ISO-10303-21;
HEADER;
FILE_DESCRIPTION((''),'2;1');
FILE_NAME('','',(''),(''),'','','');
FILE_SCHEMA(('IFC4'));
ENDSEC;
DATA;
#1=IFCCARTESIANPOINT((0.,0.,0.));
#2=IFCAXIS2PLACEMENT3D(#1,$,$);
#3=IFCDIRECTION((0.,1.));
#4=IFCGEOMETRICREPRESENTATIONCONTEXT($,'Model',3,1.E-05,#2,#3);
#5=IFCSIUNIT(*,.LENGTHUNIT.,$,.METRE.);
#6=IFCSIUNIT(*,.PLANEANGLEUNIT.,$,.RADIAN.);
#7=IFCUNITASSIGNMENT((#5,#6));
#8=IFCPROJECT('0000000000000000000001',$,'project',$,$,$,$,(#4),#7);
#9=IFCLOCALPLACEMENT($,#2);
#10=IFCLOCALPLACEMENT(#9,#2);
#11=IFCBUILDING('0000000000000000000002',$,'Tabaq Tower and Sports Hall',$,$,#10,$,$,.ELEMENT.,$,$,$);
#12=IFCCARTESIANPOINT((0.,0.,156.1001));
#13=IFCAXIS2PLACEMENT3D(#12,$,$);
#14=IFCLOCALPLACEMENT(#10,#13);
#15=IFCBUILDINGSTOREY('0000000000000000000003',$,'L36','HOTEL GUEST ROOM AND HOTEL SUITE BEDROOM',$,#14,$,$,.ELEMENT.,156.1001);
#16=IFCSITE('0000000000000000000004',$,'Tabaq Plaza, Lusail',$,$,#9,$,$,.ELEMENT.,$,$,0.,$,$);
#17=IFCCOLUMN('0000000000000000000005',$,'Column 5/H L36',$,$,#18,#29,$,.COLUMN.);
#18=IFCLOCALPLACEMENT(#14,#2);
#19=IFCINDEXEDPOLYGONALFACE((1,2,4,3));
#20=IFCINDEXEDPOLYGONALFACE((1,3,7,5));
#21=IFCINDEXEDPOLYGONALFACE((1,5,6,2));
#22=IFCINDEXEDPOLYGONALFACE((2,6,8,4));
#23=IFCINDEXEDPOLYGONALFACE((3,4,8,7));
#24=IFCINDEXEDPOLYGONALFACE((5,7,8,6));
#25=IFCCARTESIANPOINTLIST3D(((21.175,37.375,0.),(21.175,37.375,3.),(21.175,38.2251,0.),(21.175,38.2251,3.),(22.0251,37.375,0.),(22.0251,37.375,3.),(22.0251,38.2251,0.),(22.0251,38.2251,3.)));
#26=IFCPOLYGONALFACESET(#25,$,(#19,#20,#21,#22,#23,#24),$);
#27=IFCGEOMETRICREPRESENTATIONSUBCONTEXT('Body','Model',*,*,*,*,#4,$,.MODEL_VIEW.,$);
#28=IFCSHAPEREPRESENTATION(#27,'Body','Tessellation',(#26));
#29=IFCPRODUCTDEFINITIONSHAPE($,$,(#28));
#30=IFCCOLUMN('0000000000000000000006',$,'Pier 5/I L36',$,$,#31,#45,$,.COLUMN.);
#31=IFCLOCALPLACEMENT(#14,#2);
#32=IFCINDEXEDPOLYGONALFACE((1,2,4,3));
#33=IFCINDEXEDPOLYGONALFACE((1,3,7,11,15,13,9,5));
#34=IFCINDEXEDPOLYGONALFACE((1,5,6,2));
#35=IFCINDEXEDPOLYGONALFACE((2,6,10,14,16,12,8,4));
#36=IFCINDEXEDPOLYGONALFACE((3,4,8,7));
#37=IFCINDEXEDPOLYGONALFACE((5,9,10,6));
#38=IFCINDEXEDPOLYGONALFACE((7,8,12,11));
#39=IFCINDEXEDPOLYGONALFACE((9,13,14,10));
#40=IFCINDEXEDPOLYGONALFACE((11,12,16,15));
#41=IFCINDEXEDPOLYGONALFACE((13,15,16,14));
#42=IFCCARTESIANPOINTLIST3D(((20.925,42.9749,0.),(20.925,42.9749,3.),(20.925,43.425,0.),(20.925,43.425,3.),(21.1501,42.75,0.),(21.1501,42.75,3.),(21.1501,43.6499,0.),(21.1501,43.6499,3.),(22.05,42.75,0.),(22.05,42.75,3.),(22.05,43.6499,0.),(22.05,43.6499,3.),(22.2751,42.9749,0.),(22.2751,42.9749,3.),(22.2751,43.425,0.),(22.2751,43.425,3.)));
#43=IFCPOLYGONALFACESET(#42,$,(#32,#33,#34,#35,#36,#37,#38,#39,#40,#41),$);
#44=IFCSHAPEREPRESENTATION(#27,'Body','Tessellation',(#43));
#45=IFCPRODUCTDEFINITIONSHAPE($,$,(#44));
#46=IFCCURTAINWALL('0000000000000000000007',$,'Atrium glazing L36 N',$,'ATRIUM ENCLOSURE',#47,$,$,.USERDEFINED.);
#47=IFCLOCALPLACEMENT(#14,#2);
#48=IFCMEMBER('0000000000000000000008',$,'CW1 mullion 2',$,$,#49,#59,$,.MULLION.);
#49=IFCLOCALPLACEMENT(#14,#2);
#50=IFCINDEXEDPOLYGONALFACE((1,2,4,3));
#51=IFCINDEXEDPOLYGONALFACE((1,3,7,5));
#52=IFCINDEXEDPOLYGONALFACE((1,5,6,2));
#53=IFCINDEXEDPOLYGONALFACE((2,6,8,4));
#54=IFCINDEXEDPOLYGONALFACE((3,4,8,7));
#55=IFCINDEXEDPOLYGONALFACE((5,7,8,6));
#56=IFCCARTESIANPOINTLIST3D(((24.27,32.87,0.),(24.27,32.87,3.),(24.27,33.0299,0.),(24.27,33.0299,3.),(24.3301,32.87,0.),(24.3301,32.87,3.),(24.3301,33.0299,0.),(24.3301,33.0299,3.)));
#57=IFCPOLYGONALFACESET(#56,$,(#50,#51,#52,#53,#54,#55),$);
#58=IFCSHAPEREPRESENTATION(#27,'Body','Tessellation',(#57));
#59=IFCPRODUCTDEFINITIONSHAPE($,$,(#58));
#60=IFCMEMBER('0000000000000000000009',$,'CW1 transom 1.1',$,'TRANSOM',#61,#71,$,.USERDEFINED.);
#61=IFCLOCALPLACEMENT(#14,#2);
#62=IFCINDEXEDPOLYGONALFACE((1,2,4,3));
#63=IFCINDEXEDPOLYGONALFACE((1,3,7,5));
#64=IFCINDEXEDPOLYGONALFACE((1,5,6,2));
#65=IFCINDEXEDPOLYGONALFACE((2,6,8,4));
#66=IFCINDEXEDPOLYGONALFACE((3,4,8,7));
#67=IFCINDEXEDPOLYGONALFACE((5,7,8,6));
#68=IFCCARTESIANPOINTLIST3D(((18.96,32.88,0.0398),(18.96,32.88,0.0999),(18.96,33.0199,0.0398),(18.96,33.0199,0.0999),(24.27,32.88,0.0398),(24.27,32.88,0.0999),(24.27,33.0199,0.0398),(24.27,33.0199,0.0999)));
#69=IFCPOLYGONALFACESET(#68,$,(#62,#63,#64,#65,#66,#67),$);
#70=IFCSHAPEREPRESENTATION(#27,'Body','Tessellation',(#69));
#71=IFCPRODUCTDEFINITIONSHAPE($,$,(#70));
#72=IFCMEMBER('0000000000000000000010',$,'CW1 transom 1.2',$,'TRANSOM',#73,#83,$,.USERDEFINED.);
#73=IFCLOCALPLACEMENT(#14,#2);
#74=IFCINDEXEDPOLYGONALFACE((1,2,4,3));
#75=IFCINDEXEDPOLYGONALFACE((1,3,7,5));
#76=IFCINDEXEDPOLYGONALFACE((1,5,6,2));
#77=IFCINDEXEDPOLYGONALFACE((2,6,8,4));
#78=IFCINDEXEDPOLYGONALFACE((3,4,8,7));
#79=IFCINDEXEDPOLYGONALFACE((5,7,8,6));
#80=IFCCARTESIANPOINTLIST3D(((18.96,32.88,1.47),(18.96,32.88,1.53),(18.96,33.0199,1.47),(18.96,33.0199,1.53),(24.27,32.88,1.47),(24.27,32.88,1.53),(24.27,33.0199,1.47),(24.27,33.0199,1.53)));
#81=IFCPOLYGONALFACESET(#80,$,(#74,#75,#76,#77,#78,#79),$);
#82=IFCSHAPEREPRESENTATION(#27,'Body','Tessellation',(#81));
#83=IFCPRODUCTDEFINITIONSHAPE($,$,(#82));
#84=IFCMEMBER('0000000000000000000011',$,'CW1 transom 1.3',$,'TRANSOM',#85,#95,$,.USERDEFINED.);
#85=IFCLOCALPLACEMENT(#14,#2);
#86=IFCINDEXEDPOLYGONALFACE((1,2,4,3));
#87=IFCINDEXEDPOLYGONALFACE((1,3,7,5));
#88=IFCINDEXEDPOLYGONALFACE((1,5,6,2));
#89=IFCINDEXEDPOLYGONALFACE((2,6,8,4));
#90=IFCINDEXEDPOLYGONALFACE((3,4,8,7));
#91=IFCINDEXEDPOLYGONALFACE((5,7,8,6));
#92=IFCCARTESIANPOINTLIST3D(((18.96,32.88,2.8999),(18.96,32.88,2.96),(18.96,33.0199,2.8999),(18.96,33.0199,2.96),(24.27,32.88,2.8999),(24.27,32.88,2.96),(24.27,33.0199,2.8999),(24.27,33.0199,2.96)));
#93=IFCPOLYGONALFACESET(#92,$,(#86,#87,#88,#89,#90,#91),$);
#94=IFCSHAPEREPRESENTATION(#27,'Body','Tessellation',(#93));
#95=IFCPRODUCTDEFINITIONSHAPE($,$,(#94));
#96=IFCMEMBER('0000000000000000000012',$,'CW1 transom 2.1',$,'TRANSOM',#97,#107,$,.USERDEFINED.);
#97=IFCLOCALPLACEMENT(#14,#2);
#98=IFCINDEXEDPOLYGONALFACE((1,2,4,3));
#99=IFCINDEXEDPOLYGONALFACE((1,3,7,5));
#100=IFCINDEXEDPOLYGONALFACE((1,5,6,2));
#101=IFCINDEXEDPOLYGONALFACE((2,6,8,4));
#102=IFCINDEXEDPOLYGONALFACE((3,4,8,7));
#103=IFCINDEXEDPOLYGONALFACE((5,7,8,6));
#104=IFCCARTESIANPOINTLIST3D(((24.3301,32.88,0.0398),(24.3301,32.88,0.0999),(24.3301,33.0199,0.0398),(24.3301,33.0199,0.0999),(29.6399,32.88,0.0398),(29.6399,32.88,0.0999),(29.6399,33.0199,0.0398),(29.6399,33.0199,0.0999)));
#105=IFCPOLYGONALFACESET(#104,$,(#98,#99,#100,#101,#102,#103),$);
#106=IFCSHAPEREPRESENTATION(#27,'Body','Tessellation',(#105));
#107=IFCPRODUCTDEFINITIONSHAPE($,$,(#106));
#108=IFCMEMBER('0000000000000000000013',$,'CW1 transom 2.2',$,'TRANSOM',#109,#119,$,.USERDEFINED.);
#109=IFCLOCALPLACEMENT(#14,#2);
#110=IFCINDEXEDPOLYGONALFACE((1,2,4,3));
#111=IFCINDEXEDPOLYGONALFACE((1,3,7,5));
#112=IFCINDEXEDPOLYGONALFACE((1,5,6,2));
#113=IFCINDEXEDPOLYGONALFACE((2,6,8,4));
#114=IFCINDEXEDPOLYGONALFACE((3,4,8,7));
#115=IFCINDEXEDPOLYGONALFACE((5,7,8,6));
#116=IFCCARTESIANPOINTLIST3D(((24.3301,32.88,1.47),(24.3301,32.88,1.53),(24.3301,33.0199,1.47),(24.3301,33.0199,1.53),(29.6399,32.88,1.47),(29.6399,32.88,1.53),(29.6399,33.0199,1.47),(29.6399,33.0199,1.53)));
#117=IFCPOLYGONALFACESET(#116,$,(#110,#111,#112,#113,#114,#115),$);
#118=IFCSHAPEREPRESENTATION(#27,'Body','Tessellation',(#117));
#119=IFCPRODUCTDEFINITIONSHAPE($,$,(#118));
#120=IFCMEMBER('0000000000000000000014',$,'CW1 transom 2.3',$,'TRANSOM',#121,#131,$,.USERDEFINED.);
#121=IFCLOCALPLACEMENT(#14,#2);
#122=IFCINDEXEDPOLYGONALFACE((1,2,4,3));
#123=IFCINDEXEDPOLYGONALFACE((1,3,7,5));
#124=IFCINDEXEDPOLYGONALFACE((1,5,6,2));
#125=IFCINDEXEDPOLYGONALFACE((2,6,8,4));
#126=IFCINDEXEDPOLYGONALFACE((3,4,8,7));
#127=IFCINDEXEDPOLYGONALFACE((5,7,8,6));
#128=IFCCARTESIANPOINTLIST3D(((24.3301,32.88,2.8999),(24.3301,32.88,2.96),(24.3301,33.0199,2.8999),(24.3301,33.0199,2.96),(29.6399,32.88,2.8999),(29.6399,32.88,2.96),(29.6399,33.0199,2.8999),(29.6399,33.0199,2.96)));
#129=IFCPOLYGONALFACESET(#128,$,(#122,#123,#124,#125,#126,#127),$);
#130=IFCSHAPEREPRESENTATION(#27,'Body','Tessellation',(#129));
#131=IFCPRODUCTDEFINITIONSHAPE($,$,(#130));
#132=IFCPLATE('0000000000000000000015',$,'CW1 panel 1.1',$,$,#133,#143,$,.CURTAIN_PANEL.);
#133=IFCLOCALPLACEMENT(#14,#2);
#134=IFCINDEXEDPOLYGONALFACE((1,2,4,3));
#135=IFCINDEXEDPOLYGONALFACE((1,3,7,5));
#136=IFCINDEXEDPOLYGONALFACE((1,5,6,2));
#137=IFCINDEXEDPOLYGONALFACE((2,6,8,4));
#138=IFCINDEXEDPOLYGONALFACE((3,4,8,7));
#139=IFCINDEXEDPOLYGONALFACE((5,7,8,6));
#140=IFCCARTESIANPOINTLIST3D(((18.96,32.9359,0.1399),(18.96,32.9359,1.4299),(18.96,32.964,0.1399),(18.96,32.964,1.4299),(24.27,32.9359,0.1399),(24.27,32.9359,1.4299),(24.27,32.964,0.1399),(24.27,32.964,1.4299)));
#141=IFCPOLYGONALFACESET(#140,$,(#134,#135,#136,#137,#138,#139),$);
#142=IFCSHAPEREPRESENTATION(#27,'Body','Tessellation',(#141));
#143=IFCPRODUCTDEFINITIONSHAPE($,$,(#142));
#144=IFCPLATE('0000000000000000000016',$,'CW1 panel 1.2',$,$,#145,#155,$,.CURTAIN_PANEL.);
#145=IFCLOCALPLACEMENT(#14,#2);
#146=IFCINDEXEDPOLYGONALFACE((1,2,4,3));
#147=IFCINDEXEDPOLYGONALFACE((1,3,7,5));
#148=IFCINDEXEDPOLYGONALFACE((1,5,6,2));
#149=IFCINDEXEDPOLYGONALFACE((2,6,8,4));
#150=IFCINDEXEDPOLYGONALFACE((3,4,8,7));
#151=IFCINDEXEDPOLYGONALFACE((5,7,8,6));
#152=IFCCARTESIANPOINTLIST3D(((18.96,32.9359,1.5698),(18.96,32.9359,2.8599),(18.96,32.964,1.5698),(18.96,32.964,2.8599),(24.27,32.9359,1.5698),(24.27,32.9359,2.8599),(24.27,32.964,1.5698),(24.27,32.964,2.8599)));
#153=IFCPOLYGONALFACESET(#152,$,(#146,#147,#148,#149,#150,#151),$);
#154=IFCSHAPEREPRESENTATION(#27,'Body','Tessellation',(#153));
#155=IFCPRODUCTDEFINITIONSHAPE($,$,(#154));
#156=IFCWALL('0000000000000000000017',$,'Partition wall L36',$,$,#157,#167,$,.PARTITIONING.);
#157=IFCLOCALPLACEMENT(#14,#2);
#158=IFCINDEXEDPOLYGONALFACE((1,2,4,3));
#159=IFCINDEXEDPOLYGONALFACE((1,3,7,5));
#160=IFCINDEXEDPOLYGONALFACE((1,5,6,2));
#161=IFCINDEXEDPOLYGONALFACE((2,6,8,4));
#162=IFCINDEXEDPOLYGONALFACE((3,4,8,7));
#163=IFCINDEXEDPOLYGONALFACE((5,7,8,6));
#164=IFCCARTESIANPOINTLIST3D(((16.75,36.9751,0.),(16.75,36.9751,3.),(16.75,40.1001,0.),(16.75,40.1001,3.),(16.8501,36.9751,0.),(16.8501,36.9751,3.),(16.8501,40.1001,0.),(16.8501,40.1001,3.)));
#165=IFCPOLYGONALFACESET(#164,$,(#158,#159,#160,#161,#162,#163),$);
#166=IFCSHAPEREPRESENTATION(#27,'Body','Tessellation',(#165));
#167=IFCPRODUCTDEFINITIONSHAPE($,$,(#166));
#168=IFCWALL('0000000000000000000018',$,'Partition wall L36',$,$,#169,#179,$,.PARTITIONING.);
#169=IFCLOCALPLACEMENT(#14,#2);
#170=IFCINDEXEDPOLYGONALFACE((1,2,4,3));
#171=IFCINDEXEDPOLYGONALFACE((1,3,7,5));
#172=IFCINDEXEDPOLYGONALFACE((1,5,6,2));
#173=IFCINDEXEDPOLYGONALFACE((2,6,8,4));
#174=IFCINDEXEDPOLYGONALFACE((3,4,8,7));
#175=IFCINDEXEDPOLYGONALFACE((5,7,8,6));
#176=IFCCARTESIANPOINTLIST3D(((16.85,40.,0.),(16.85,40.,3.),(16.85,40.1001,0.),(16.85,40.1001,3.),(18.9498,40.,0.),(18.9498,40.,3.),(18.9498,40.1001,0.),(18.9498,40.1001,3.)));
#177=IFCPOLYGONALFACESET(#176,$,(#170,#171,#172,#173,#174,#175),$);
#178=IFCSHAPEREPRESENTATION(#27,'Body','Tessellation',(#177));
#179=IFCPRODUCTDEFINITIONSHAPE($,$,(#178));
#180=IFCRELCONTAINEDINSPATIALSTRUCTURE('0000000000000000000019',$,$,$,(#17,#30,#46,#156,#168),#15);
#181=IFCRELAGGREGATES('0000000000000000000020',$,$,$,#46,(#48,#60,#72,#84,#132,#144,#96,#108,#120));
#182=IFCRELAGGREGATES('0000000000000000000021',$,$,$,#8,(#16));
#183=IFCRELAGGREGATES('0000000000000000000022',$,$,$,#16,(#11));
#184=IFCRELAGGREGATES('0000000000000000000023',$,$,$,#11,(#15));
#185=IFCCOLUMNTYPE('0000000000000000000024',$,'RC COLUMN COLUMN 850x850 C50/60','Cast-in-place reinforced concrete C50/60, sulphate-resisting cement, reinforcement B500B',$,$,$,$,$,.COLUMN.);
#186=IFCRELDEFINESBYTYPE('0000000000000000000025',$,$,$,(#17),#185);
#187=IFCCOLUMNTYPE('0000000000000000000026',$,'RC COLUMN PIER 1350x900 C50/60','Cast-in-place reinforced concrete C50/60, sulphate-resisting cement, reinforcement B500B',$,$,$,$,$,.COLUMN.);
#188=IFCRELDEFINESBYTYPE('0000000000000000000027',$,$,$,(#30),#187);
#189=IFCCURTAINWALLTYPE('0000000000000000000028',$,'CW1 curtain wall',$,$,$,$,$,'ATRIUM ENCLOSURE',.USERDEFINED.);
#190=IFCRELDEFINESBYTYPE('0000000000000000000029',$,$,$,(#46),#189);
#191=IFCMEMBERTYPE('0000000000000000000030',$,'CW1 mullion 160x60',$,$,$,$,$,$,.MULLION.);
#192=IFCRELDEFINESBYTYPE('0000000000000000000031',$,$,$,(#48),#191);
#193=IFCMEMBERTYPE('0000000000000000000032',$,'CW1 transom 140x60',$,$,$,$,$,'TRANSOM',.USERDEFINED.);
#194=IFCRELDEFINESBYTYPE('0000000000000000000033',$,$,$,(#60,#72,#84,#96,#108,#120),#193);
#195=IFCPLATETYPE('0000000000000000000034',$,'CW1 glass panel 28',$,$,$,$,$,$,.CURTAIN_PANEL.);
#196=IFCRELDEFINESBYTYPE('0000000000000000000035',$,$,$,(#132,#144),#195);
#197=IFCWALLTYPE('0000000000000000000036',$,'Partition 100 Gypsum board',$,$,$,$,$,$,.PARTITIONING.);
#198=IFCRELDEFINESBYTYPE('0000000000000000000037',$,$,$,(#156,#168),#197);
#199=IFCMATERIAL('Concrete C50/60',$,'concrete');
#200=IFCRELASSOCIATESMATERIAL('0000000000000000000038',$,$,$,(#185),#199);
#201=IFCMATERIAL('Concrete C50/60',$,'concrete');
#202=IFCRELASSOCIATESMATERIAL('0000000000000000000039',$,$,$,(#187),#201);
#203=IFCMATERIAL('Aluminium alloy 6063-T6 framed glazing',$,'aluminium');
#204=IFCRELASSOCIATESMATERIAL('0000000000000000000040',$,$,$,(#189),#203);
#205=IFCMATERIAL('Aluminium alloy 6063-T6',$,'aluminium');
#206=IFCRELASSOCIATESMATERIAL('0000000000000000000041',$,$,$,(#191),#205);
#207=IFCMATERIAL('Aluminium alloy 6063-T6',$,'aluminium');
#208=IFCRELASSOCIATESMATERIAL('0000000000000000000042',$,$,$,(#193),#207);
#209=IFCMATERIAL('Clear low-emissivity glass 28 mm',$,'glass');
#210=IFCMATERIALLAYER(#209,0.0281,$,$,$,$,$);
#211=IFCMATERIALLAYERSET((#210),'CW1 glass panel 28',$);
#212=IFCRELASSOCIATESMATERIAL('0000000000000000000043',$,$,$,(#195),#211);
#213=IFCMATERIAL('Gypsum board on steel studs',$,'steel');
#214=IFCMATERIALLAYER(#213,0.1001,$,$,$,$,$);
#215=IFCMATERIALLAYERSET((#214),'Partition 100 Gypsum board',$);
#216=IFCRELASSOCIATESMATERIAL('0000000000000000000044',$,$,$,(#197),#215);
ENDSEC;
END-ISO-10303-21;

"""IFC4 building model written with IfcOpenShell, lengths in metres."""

from ifc_helpers import new_model, si_unit, direction, frame, frame_2d, origin, origin_2d, place, context, subcontext, project, spatial, polyline, rectangle, outline, extrude, material, layer, layer_set, material_profile, profile_set, type_object, element, aggregate, save


model = new_model("IFC4")

# Units and contexts
model_context = context("Model", 3, precision=1e-05, world=origin(), true_north=direction((0.0, 1.0)))
body_context = subcontext(model_context, "Body", "Model", "MODEL_VIEW")
ifc_project = project(units=[si_unit("LENGTHUNIT", "METRE"), si_unit("PLANEANGLEUNIT", "RADIAN")], contexts=[model_context])

# Site, building, storey
site_placement = place(None, origin())
site = spatial("IfcSite", under=ifc_project, at=site_placement, Name="Tabaq Plaza, Lusail", CompositionType="ELEMENT", RefElevation=0.0)
building_placement = place(site_placement, origin())
building = spatial("IfcBuilding", under=site, at=building_placement, Name="Tabaq Tower and Sports Hall", CompositionType="ELEMENT")
storey_placement = place(building_placement, frame((0.0, 0.0, 156.1001)))
storey = spatial("IfcBuildingStorey", under=building, at=storey_placement, Name="L36", Description="HOTEL GUEST ROOM AND HOTEL SUITE BEDROOM", CompositionType="ELEMENT", Elevation=156.1001)

# Columns
ifc_material_1 = material(Name="Concrete C50/60", Category="concrete")
ifc_material_profile_1 = material_profile(ifc_material_1, rectangle(XDim=0.8501, YDim=0.8501, at=origin_2d()), Name="COLUMN 850x850")
ifc_profile_set_1 = profile_set([ifc_material_profile_1], Name="Concrete C50/60")
column_type_1 = type_object("IfcColumnType", Name="RC COLUMN COLUMN 850x850 C50/60", Description="Cast-in-place reinforced concrete C50/60, sulphate-resisting cement, reinforcement B500B", PredefinedType="COLUMN", material=ifc_profile_set_1)
column_1_placement = place(storey_placement, frame((21.6001, 37.8, 0.0), z_axis=(0.0, 0.0, 1.0), x_axis=(1.0, 0.0, 0.0)))
element("IfcColumn", 1, at=column_1_placement, inside=storey, type_object=column_type_1, Name="Column 5/H L36", PredefinedType="COLUMN", context=body_context, shape_type="SweptSolid", body=[
    extrude(rectangle(XDim=0.8501, YDim=0.8501, at=origin_2d()), origin(), (0.0, 0.0, 1.0), 3.0),
])
ifc_material_2 = material(Name="Concrete C50/60", Category="concrete")
ifc_material_profile_2 = material_profile(ifc_material_2, outline(polyline([(-0.45, -0.45), (0.45, -0.45), (0.675, -0.2251), (0.675, 0.2251), (0.45, 0.45), (-0.45, 0.45), (-0.675, 0.2251), (-0.675, -0.2251), (-0.45, -0.45)])), Name="PIER 1350x900")
ifc_profile_set_2 = profile_set([ifc_material_profile_2], Name="Concrete C50/60")
column_type_2 = type_object("IfcColumnType", Name="RC COLUMN PIER 1350x900 C50/60", Description="Cast-in-place reinforced concrete C50/60, sulphate-resisting cement, reinforcement B500B", PredefinedType="COLUMN", material=ifc_profile_set_2)
column_2_placement = place(storey_placement, frame((21.6001, 43.2, 0.0), z_axis=(0.0, 0.0, 1.0), x_axis=(1.0, 0.0, 0.0)))
element("IfcColumn", 2, at=column_2_placement, inside=storey, type_object=column_type_2, Name="Pier 5/I L36", PredefinedType="COLUMN", context=body_context, shape_type="SweptSolid", body=[
    extrude(outline(polyline([(-0.45, -0.45), (0.45, -0.45), (0.675, -0.2251), (0.675, 0.2251), (0.45, 0.45), (-0.45, 0.45), (-0.675, 0.2251), (-0.675, -0.2251), (-0.45, -0.45)])), origin(), (0.0, 0.0, 1.0), 3.0),
])

# Curtain wall, members, plates
ifc_material_3 = material(Name="Aluminium alloy 6063-T6 framed glazing", Category="aluminium")
curtain_wall_type = type_object("IfcCurtainWallType", Name="CW1 curtain wall", ElementType="ATRIUM ENCLOSURE", PredefinedType="USERDEFINED", material=ifc_material_3)
curtain_wall_placement = place(storey_placement, origin())
curtain_wall = element("IfcCurtainWall", 3, at=curtain_wall_placement, inside=storey, type_object=curtain_wall_type, Name="Atrium glazing L36 N", ObjectType="ATRIUM ENCLOSURE", PredefinedType="USERDEFINED")
ifc_material_4 = material(Name="Aluminium alloy 6063-T6", Category="aluminium")
ifc_material_profile_3 = material_profile(ifc_material_4, rectangle(XDim=0.1599, YDim=0.0601, at=origin_2d()), Name="MULLION 160x60")
ifc_profile_set_3 = profile_set([ifc_material_profile_3], Name="Aluminium alloy 6063-T6")
member_type_1 = type_object("IfcMemberType", Name="CW1 mullion 160x60", PredefinedType="MULLION", material=ifc_profile_set_3)
member_1_placement = place(storey_placement, frame((24.3, 32.95, 0.0), z_axis=(0.0, 0.0, 1.0), x_axis=(0.0, 1.0, 0.0)))
member_1 = element("IfcMember", 4, at=member_1_placement, type_object=member_type_1, Name="CW1 mullion 2", PredefinedType="MULLION", context=body_context, shape_type="SweptSolid", body=[
    extrude(rectangle(XDim=0.1599, YDim=0.0601, at=origin_2d()), origin(), (0.0, 0.0, 1.0), 3.0),
])
ifc_material_5 = material(Name="Aluminium alloy 6063-T6", Category="aluminium")
ifc_material_profile_4 = material_profile(ifc_material_5, rectangle(XDim=0.1399, YDim=0.0601, at=origin_2d()), Name="TRANSOM 140x60")
ifc_profile_set_4 = profile_set([ifc_material_profile_4], Name="Aluminium alloy 6063-T6")
member_type_2 = type_object("IfcMemberType", Name="CW1 transom 140x60", ElementType="TRANSOM", PredefinedType="USERDEFINED", material=ifc_profile_set_4)
member_2_placement = place(storey_placement, frame((18.96, 32.95, 0.0698), z_axis=(1.0, 0.0, 0.0), x_axis=(0.0, 1.0, 0.0)))
member_2 = element("IfcMember", 5, at=member_2_placement, type_object=member_type_2, Name="CW1 transom 1.1", ObjectType="TRANSOM", PredefinedType="USERDEFINED", context=body_context, shape_type="SweptSolid", body=[
    extrude(rectangle(XDim=0.1399, YDim=0.0601, at=origin_2d()), origin(), (0.0, 0.0, 1.0), 5.3101),
])
member_3_placement = place(storey_placement, frame((18.96, 32.95, 1.5), z_axis=(1.0, 0.0, 0.0), x_axis=(0.0, 1.0, 0.0)))
member_3 = element("IfcMember", 6, at=member_3_placement, type_object=member_type_2, Name="CW1 transom 1.2", ObjectType="TRANSOM", PredefinedType="USERDEFINED", context=body_context, shape_type="SweptSolid", body=[
    extrude(rectangle(XDim=0.1399, YDim=0.0601, at=origin_2d()), origin(), (0.0, 0.0, 1.0), 5.3101),
])
member_4_placement = place(storey_placement, frame((18.96, 32.95, 2.9299), z_axis=(1.0, 0.0, 0.0), x_axis=(0.0, 1.0, 0.0)))
member_4 = element("IfcMember", 7, at=member_4_placement, type_object=member_type_2, Name="CW1 transom 1.3", ObjectType="TRANSOM", PredefinedType="USERDEFINED", context=body_context, shape_type="SweptSolid", body=[
    extrude(rectangle(XDim=0.1399, YDim=0.0601, at=origin_2d()), origin(), (0.0, 0.0, 1.0), 5.3101),
])
member_5_placement = place(storey_placement, frame((24.3301, 32.95, 0.0698), z_axis=(1.0, 0.0, 0.0), x_axis=(0.0, 1.0, 0.0)))
member_5 = element("IfcMember", 8, at=member_5_placement, type_object=member_type_2, Name="CW1 transom 2.1", ObjectType="TRANSOM", PredefinedType="USERDEFINED", context=body_context, shape_type="SweptSolid", body=[
    extrude(rectangle(XDim=0.1399, YDim=0.0601, at=origin_2d()), origin(), (0.0, 0.0, 1.0), 5.3098),
])
member_6_placement = place(storey_placement, frame((24.3301, 32.95, 1.5), z_axis=(1.0, 0.0, 0.0), x_axis=(0.0, 1.0, 0.0)))
member_6 = element("IfcMember", 9, at=member_6_placement, type_object=member_type_2, Name="CW1 transom 2.2", ObjectType="TRANSOM", PredefinedType="USERDEFINED", context=body_context, shape_type="SweptSolid", body=[
    extrude(rectangle(XDim=0.1399, YDim=0.0601, at=origin_2d()), origin(), (0.0, 0.0, 1.0), 5.3098),
])
member_7_placement = place(storey_placement, frame((24.3301, 32.95, 2.9299), z_axis=(1.0, 0.0, 0.0), x_axis=(0.0, 1.0, 0.0)))
member_7 = element("IfcMember", 10, at=member_7_placement, type_object=member_type_2, Name="CW1 transom 2.3", ObjectType="TRANSOM", PredefinedType="USERDEFINED", context=body_context, shape_type="SweptSolid", body=[
    extrude(rectangle(XDim=0.1399, YDim=0.0601, at=origin_2d()), origin(), (0.0, 0.0, 1.0), 5.3098),
])
ifc_material_6 = material(Name="Clear low-emissivity glass 28 mm", Category="glass")
ifc_layer_1 = layer(ifc_material_6, 0.0281)
ifc_layer_set_1 = layer_set([ifc_layer_1], Name="CW1 glass panel 28")
plate_type = type_object("IfcPlateType", Name="CW1 glass panel 28", PredefinedType="CURTAIN_PANEL", material=ifc_layer_set_1)
plate_1_placement = place(storey_placement, frame((21.615, 32.95, 0.1399), z_axis=(0.0, 0.0, 1.0), x_axis=(1.0, 0.0, 0.0)))
plate_1 = element("IfcPlate", 11, at=plate_1_placement, type_object=plate_type, Name="CW1 panel 1.1", PredefinedType="CURTAIN_PANEL", context=body_context, shape_type="SweptSolid", body=[
    extrude(rectangle(XDim=5.3101, YDim=0.0281, at=origin_2d()), origin(), (0.0, 0.0, 1.0), 1.29),
])
plate_2_placement = place(storey_placement, frame((21.615, 32.95, 1.5698), z_axis=(0.0, 0.0, 1.0), x_axis=(1.0, 0.0, 0.0)))
plate_2 = element("IfcPlate", 12, at=plate_2_placement, type_object=plate_type, Name="CW1 panel 1.2", PredefinedType="CURTAIN_PANEL", context=body_context, shape_type="SweptSolid", body=[
    extrude(rectangle(XDim=5.3101, YDim=0.0281, at=origin_2d()), origin(), (0.0, 0.0, 1.0), 1.29),
])
aggregate(curtain_wall, [member_1, member_2, member_3, member_4, plate_1, plate_2, member_5, member_6, member_7])

# Walls
ifc_material_7 = material(Name="Gypsum board on steel studs", Category="steel")
ifc_layer_2 = layer(ifc_material_7, 0.1001)
ifc_layer_set_2 = layer_set([ifc_layer_2], Name="Partition 100 Gypsum board")
wall_type_1 = type_object("IfcWallType", Name="Partition 100 Gypsum board", PredefinedType="PARTITIONING", material=ifc_layer_set_2)
wall_1_placement = place(storey_placement, frame((16.8, 36.9751, 0.0), z_axis=(0.0, 0.0, 1.0), x_axis=(0.0, 1.0, 0.0)))
element("IfcWall", 13, at=wall_1_placement, inside=storey, type_object=wall_type_1, Name="Partition wall L36", PredefinedType="PARTITIONING", context=body_context, shape_type="SweptSolid", body=[
    extrude(rectangle(XDim=3.125, YDim=0.1001, at=frame_2d((1.5625, 0.0))), origin(), (0.0, 0.0, 1.0), 3.0),
])
wall_2_placement = place(storey_placement, frame((16.8501, 40.05, 0.0), z_axis=(0.0, 0.0, 1.0), x_axis=(1.0, 0.0, 0.0)))
element("IfcWall", 14, at=wall_2_placement, inside=storey, type_object=wall_type_1, Name="Partition wall L36", PredefinedType="PARTITIONING", context=body_context, shape_type="SweptSolid", body=[
    extrude(rectangle(XDim=2.0999, YDim=0.1001, at=frame_2d((1.0498, 0.0))), origin(), (0.0, 0.0, 1.0), 3.0),
])

save(model, "model.ifc")
